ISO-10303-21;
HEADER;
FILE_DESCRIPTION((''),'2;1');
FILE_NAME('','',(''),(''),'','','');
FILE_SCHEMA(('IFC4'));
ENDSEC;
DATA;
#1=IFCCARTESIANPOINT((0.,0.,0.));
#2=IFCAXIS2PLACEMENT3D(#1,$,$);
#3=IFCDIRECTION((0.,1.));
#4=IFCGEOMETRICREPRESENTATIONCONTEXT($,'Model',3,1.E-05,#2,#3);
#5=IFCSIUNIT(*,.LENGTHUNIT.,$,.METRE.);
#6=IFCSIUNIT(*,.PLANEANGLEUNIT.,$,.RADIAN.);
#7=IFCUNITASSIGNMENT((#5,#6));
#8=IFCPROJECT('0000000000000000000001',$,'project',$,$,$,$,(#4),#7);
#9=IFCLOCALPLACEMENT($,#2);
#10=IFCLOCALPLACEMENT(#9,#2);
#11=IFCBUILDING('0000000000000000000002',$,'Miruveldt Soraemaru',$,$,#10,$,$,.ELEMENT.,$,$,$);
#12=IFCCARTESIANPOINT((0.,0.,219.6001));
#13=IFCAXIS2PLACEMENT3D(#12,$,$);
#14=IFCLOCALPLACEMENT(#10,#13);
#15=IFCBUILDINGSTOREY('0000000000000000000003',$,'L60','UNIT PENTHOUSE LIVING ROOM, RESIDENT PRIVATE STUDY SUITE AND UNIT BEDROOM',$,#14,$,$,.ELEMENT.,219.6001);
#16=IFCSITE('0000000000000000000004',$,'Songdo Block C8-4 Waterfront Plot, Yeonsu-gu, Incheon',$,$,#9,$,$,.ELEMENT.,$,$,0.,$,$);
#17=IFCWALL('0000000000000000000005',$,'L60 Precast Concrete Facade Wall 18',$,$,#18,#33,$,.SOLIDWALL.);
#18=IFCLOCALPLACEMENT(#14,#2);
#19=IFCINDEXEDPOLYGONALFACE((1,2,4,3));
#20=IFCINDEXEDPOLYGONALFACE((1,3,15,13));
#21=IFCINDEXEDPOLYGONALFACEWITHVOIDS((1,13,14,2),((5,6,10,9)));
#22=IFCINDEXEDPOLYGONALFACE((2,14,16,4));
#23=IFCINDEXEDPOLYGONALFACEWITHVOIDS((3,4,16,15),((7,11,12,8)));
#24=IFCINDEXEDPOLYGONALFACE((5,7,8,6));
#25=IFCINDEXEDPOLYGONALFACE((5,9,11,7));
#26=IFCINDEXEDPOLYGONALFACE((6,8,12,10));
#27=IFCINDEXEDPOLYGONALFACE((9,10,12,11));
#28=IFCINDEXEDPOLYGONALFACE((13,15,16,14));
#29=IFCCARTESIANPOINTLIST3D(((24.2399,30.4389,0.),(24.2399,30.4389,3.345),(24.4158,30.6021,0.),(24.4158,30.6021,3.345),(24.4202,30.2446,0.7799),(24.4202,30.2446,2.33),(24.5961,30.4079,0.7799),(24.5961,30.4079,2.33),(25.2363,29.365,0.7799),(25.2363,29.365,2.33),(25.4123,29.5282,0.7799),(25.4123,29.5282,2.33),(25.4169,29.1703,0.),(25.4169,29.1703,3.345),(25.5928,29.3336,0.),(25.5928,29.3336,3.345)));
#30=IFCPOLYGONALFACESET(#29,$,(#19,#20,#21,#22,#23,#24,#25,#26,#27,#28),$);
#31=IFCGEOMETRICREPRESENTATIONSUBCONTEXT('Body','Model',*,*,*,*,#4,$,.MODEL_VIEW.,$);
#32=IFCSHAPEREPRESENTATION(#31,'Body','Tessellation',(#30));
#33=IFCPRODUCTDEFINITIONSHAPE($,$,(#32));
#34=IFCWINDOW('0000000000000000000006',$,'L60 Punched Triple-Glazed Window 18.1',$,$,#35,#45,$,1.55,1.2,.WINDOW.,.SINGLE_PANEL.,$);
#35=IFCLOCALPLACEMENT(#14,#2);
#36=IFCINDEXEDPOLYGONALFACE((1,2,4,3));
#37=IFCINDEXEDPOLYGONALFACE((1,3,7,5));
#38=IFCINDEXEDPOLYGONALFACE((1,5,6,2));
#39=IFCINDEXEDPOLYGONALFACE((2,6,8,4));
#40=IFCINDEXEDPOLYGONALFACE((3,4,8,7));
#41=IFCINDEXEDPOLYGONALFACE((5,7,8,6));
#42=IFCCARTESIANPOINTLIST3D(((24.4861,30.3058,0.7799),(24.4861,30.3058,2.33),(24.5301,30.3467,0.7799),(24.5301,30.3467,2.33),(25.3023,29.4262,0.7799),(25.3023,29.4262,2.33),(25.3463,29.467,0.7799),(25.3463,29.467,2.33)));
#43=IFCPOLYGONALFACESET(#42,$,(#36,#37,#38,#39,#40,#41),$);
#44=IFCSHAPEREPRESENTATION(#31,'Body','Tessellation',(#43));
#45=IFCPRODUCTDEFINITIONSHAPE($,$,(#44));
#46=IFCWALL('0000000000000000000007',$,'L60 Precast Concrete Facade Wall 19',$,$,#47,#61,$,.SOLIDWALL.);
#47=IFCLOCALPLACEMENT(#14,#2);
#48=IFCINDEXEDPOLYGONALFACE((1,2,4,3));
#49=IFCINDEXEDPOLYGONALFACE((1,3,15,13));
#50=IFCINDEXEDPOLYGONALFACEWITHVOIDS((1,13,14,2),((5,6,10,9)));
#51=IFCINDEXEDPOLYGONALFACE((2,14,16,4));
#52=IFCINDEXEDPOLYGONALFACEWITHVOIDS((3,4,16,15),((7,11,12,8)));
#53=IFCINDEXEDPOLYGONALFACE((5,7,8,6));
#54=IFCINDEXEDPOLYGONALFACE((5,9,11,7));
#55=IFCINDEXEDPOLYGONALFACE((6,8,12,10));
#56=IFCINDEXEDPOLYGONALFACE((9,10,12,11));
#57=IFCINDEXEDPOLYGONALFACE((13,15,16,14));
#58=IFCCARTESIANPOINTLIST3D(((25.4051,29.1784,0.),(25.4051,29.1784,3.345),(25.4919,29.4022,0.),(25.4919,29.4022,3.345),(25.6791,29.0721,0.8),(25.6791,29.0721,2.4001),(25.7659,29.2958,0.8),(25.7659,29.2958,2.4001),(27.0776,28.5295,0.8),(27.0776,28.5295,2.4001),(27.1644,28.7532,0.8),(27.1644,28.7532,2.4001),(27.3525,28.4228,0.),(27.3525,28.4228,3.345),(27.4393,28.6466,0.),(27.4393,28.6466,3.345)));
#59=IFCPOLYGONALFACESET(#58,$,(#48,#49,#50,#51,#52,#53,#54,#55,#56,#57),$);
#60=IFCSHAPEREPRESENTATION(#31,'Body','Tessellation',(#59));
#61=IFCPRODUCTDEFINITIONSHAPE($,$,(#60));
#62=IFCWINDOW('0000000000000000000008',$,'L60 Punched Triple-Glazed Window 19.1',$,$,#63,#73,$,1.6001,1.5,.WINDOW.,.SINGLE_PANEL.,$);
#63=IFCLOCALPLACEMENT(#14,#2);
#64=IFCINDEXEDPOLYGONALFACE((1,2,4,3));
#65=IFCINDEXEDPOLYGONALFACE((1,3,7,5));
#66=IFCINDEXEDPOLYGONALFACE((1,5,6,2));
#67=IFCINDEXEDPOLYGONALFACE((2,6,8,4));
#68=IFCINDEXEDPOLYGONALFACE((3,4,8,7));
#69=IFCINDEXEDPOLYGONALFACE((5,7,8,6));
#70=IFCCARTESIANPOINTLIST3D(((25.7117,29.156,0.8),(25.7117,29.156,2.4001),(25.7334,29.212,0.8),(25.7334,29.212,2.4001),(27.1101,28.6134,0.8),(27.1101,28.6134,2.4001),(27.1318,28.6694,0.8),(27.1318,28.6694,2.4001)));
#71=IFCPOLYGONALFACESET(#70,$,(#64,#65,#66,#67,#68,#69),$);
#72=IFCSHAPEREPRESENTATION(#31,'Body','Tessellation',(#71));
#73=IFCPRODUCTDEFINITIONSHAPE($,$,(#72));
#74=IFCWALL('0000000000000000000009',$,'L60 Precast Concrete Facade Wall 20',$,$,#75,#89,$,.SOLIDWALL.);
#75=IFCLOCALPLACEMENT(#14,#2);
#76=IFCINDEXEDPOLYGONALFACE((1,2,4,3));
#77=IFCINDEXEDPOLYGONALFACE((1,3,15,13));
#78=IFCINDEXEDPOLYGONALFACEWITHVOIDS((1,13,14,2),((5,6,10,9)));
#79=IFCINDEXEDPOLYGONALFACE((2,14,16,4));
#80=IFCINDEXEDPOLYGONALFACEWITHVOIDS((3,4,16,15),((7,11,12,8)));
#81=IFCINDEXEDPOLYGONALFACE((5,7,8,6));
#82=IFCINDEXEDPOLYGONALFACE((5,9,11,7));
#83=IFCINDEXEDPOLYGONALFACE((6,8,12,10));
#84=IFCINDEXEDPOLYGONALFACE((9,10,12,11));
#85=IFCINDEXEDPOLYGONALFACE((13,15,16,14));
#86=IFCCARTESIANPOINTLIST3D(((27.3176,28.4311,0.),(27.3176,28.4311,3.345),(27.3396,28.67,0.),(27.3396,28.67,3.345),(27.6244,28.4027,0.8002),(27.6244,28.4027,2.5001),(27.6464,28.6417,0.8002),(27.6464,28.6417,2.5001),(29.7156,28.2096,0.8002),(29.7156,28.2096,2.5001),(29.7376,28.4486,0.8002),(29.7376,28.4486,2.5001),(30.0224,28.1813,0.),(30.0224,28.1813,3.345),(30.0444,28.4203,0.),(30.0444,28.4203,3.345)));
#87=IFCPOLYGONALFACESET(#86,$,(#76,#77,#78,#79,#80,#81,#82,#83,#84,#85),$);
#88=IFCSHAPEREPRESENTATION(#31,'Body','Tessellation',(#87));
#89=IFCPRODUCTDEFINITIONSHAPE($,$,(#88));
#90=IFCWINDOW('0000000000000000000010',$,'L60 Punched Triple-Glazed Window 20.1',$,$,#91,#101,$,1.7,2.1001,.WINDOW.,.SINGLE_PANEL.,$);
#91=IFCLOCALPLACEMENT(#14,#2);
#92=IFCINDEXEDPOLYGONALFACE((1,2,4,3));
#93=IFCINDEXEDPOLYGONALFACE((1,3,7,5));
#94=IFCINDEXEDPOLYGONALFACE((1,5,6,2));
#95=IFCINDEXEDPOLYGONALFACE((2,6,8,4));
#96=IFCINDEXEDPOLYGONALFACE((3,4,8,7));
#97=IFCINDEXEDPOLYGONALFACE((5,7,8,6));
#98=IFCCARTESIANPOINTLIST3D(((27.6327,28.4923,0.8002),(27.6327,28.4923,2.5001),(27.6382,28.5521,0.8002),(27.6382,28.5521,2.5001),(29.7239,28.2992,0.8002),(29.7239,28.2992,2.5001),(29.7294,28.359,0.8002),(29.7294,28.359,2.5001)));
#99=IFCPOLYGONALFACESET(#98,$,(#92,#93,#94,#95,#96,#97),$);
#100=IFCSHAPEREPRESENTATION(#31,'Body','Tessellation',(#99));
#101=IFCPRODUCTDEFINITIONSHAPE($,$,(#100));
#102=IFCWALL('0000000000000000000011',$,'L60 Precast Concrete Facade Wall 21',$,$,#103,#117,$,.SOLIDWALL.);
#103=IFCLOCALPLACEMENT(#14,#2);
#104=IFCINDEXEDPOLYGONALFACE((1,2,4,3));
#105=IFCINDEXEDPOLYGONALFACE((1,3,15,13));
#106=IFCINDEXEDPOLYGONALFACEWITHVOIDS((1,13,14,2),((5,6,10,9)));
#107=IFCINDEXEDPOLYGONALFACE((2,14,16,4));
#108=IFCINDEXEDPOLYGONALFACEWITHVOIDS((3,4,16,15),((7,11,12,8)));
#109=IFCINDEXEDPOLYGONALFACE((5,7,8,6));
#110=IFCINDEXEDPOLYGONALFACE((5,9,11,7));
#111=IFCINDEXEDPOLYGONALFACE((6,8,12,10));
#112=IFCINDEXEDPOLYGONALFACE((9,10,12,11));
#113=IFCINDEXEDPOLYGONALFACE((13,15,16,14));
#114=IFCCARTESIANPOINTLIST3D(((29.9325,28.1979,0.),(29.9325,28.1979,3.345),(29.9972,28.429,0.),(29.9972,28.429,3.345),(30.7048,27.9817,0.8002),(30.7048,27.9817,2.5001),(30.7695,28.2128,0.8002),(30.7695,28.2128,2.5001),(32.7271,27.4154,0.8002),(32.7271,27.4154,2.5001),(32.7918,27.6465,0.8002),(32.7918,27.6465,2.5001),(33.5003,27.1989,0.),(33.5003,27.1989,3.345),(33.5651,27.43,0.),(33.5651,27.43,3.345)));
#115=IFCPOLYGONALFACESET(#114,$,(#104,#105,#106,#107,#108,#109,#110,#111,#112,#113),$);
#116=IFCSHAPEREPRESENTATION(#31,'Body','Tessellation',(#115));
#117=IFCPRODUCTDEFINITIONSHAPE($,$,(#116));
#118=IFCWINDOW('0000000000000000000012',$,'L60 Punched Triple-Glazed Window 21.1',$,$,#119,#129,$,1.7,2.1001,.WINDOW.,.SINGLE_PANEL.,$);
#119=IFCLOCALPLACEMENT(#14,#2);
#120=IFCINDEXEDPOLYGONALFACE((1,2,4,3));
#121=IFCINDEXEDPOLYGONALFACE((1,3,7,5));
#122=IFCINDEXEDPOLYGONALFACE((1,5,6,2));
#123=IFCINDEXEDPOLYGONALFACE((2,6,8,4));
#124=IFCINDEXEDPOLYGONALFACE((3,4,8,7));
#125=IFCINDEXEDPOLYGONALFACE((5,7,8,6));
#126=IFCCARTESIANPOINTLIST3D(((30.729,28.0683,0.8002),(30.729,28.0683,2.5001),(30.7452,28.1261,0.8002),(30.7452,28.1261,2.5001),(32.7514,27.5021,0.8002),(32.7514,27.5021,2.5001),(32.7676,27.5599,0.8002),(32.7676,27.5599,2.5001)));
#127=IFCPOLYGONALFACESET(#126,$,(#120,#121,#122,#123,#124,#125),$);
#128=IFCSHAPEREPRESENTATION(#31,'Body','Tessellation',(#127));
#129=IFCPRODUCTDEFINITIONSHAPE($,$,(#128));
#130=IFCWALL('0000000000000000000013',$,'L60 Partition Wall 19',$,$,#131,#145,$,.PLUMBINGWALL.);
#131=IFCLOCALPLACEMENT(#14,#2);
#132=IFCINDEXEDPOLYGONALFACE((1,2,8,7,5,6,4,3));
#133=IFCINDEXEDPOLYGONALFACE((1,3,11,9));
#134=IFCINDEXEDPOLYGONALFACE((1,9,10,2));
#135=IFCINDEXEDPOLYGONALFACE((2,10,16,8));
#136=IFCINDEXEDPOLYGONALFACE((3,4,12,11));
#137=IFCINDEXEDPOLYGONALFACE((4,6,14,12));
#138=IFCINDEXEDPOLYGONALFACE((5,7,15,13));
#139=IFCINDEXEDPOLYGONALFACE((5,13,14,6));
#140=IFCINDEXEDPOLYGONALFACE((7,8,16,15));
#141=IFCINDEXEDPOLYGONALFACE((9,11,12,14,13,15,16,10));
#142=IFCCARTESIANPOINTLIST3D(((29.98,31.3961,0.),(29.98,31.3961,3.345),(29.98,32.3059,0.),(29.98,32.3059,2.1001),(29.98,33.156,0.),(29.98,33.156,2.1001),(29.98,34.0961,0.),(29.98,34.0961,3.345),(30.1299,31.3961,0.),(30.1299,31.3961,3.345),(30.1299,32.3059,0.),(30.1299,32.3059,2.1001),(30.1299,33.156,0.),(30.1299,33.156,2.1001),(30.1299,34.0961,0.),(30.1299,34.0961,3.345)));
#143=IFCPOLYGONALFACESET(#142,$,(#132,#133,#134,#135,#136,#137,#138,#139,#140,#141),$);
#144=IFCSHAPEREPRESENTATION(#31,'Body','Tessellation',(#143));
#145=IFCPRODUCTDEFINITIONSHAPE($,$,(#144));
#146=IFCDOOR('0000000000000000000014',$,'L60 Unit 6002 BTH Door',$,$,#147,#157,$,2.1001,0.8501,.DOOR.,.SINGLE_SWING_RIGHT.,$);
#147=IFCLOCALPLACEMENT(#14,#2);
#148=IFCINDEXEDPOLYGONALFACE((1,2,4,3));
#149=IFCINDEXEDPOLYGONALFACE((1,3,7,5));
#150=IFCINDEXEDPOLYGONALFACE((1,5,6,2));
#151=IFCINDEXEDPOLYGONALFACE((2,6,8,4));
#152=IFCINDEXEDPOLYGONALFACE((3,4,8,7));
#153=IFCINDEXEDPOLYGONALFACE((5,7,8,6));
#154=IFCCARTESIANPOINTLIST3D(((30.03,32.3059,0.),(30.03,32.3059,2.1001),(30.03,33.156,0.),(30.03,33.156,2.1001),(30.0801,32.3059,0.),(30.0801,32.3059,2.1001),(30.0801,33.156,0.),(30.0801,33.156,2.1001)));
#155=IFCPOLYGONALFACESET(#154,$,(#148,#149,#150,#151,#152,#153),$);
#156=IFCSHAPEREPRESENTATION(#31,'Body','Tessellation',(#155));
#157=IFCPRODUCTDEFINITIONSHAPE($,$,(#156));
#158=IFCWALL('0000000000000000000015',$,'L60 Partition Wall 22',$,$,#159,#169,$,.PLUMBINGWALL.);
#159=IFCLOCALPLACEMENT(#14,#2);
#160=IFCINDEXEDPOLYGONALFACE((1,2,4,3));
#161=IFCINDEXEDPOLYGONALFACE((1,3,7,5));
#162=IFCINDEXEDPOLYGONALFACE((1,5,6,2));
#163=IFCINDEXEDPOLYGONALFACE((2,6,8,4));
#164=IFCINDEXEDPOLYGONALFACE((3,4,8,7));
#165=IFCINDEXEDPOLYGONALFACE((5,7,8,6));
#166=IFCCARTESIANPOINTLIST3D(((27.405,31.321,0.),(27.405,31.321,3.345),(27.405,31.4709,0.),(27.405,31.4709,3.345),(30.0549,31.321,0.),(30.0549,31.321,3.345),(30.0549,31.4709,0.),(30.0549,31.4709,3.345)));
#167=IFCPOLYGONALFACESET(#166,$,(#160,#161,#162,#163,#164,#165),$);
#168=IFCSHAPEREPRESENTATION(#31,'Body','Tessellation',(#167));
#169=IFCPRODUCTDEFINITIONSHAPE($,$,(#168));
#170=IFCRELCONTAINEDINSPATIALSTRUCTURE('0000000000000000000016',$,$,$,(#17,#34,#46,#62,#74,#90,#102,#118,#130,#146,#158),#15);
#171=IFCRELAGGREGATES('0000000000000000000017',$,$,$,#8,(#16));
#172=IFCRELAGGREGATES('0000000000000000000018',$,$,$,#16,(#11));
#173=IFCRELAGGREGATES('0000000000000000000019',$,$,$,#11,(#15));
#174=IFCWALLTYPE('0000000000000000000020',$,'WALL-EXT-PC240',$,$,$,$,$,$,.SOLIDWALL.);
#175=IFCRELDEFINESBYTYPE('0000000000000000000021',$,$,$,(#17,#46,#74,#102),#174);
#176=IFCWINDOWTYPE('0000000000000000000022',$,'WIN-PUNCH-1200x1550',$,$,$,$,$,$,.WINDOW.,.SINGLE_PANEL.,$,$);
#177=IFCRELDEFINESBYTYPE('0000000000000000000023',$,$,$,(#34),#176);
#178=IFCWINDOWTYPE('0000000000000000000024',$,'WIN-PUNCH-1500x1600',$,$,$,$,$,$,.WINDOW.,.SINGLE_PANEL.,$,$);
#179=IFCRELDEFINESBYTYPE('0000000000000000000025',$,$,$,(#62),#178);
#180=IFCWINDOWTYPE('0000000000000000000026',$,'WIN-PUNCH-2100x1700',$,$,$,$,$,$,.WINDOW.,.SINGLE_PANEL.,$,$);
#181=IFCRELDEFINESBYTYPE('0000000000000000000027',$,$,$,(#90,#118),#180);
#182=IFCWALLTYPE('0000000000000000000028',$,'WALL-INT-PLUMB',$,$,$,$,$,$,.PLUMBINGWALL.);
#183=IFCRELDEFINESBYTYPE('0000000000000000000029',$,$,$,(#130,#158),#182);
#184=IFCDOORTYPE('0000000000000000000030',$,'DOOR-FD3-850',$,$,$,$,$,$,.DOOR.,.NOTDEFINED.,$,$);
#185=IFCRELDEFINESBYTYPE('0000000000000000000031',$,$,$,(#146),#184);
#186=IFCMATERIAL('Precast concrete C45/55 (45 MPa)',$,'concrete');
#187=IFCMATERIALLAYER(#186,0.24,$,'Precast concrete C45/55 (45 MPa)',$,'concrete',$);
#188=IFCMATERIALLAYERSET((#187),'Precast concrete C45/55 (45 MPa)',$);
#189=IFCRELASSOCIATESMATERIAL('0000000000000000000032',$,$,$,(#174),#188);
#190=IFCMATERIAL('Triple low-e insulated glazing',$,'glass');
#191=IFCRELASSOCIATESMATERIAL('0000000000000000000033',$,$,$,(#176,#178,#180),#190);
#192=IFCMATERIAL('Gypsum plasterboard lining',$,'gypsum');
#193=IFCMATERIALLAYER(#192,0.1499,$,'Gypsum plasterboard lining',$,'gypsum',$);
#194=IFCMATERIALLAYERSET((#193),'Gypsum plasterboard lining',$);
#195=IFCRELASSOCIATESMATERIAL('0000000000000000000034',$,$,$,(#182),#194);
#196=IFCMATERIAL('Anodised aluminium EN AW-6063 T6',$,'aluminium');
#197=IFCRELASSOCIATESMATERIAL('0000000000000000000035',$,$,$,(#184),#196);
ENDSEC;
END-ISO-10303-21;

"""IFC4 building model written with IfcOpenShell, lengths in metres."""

from ifc_helpers import new_model, si_unit, direction, frame, frame_2d, origin, place, context, subcontext, project, spatial, rectangle, extrude, material, layer, layer_set, type_object, element, fill, save


model = new_model("IFC4")

# Units and contexts
model_context = context("Model", 3, precision=1e-05, world=origin(), true_north=direction((0.0, 1.0)))
body_context = subcontext(model_context, "Body", "Model", "MODEL_VIEW")
ifc_project = project(units=[si_unit("LENGTHUNIT", "METRE"), si_unit("PLANEANGLEUNIT", "RADIAN")], contexts=[model_context])

# Site, building, storey
site_placement = place(None, origin())
site = spatial("IfcSite", under=ifc_project, at=site_placement, Name="Songdo Block C8-4 Waterfront Plot, Yeonsu-gu, Incheon", CompositionType="ELEMENT", RefElevation=0.0)
building_placement = place(site_placement, origin())
building = spatial("IfcBuilding", under=site, at=building_placement, Name="Miruveldt Soraemaru", CompositionType="ELEMENT")
storey_placement = place(building_placement, frame((0.0, 0.0, 219.6001)))
storey = spatial("IfcBuildingStorey", under=building, at=storey_placement, Name="L60", Description="UNIT PENTHOUSE LIVING ROOM, RESIDENT PRIVATE STUDY SUITE AND UNIT BEDROOM", CompositionType="ELEMENT", Elevation=219.6001)

# Walls, openings, windows
ifc_material_1 = material(Name="Precast concrete C45/55 (45 MPa)", Category="concrete")
ifc_layer_1 = layer(ifc_material_1, 0.24, Name="Precast concrete C45/55 (45 MPa)", Category="concrete")
ifc_layer_set_1 = layer_set([ifc_layer_1], Name="Precast concrete C45/55 (45 MPa)")
wall_type_1 = type_object("IfcWallType", Name="WALL-EXT-PC240", PredefinedType="SOLIDWALL", material=ifc_layer_set_1)
wall_1_placement = place(storey_placement, frame((24.3279, 30.5205, 0.0), z_axis=(0.0, 0.0, 1.0), x_axis=(0.680159, -0.733065, 0.0)))
wall_1 = element("IfcWall", 1, at=wall_1_placement, inside=storey, type_object=wall_type_1, Name="L60 Precast Concrete Facade Wall 18", PredefinedType="SOLIDWALL", context=body_context, shape_type="SweptSolid", body=[
    extrude(rectangle(XDim=1.7305, YDim=0.24, at=frame_2d((0.8652, 0.0))), origin(), (0.0, 0.0, 1.0), 3.345),
])
opening_1_placement = place(wall_1_placement, frame((0.2649, 0.0, 0.78)))
opening_1 = element("IfcOpeningElement", 2, at=opening_1_placement, cuts=wall_1, PredefinedType="OPENING", context=body_context, shape_type="SweptSolid", body=[
    extrude(rectangle(XDim=1.2, YDim=1.55, at=frame_2d((0.6001, 0.7749))), frame((0.0, 0.1299, 0.0), z_axis=(0.0, -1.0, 0.0), x_axis=(1.0, 0.0, 0.0)), (0.0, 0.0, 1.0), 0.26),
])
ifc_material_2 = material(Name="Triple low-e insulated glazing", Category="glass")
window_type_1 = type_object("IfcWindowType", Name="WIN-PUNCH-1200x1550", PartitioningType="SINGLE_PANEL", PredefinedType="WINDOW", material=ifc_material_2)
window_1_placement = place(opening_1_placement, origin())
window_1 = element("IfcWindow", 3, at=window_1_placement, inside=storey, type_object=window_type_1, Name="L60 Punched Triple-Glazed Window 18.1", OverallHeight=1.55, OverallWidth=1.2, PartitioningType="SINGLE_PANEL", PredefinedType="WINDOW", context=body_context, shape_type="SweptSolid", body=[
    extrude(rectangle(XDim=1.2, YDim=1.55, at=frame_2d((0.6001, 0.7749))), frame((0.0, 0.03, 0.0), z_axis=(0.0, -1.0, 0.0), x_axis=(1.0, 0.0, 0.0)), (0.0, 0.0, 1.0), 0.0601),
])
fill(opening_1, window_1)
wall_2_placement = place(storey_placement, frame((25.4485, 29.2903, 0.0), z_axis=(0.0, 0.0, 1.0), x_axis=(0.932287, -0.361719, 0.0)))
wall_2 = element("IfcWall", 4, at=wall_2_placement, inside=storey, type_object=wall_type_1, Name="L60 Precast Concrete Facade Wall 19", PredefinedType="SOLIDWALL", context=body_context, shape_type="SweptSolid", body=[
    extrude(rectangle(XDim=2.0889, YDim=0.24, at=frame_2d((1.0444, 0.0))), origin(), (0.0, 0.0, 1.0), 3.345),
])
opening_2_placement = place(wall_2_placement, frame((0.2939, 0.0, 0.8)))
opening_2 = element("IfcOpeningElement", 5, at=opening_2_placement, cuts=wall_2, PredefinedType="OPENING", context=body_context, shape_type="SweptSolid", body=[
    extrude(rectangle(XDim=1.5, YDim=1.6001, at=frame_2d((0.75, 0.8))), frame((0.0, 0.1299, 0.0), z_axis=(0.0, -1.0, 0.0), x_axis=(1.0, 0.0, 0.0)), (0.0, 0.0, 1.0), 0.26),
])
window_type_2 = type_object("IfcWindowType", Name="WIN-PUNCH-1500x1600", PartitioningType="SINGLE_PANEL", PredefinedType="WINDOW", material=ifc_material_2)
window_2_placement = place(opening_2_placement, origin())
window_2 = element("IfcWindow", 6, at=window_2_placement, inside=storey, type_object=window_type_2, Name="L60 Punched Triple-Glazed Window 19.1", OverallHeight=1.6001, OverallWidth=1.5, PartitioningType="SINGLE_PANEL", PredefinedType="WINDOW", context=body_context, shape_type="SweptSolid", body=[
    extrude(rectangle(XDim=1.5, YDim=1.6001, at=frame_2d((0.75, 0.8))), frame((0.0, 0.03, 0.0), z_axis=(0.0, -1.0, 0.0), x_axis=(1.0, 0.0, 0.0)), (0.0, 0.0, 1.0), 0.0601),
])
fill(opening_2, window_2)
wall_3_placement = place(storey_placement, frame((27.3286, 28.5505, 0.0), z_axis=(0.0, 0.0, 1.0), x_axis=(0.995764, -0.091946, 0.0)))
wall_3 = element("IfcWall", 7, at=wall_3_placement, inside=storey, type_object=wall_type_1, Name="L60 Precast Concrete Facade Wall 20", PredefinedType="SOLIDWALL", context=body_context, shape_type="SweptSolid", body=[
    extrude(rectangle(XDim=2.7163, YDim=0.24, at=frame_2d((1.3582, 0.0))), origin(), (0.0, 0.0, 1.0), 3.345),
])
opening_3_placement = place(wall_3_placement, frame((0.3081, 0.0, 0.8)))
opening_3 = element("IfcOpeningElement", 8, at=opening_3_placement, cuts=wall_3, PredefinedType="OPENING", context=body_context, shape_type="SweptSolid", body=[
    extrude(rectangle(XDim=2.1001, YDim=1.7, at=frame_2d((1.05, 0.8501))), frame((0.0, 0.1299, 0.0), z_axis=(0.0, -1.0, 0.0), x_axis=(1.0, 0.0, 0.0)), (0.0, 0.0, 1.0), 0.26),
])
window_type_3 = type_object("IfcWindowType", Name="WIN-PUNCH-2100x1700", PartitioningType="SINGLE_PANEL", PredefinedType="WINDOW", material=ifc_material_2)
window_3_placement = place(opening_3_placement, origin())
window_3 = element("IfcWindow", 9, at=window_3_placement, inside=storey, type_object=window_type_3, Name="L60 Punched Triple-Glazed Window 20.1", OverallHeight=1.7, OverallWidth=2.1001, PartitioningType="SINGLE_PANEL", PredefinedType="WINDOW", context=body_context, shape_type="SweptSolid", body=[
    extrude(rectangle(XDim=2.1001, YDim=1.7, at=frame_2d((1.05, 0.8501))), frame((0.0, 0.03, 0.0), z_axis=(0.0, -1.0, 0.0), x_axis=(1.0, 0.0, 0.0)), (0.0, 0.0, 1.0), 0.0601),
])
fill(opening_3, window_3)
wall_4_placement = place(storey_placement, frame((29.9648, 28.3135, 0.0), z_axis=(0.0, 0.0, 1.0), x_axis=(0.962963, -0.269635, 0.0)))
wall_4 = element("IfcWall", 10, at=wall_4_placement, inside=storey, type_object=wall_type_1, Name="L60 Precast Concrete Facade Wall 21", PredefinedType="SOLIDWALL", context=body_context, shape_type="SweptSolid", body=[
    extrude(rectangle(XDim=3.7051, YDim=0.24, at=frame_2d((1.8525, 0.0))), origin(), (0.0, 0.0, 1.0), 3.345),
])
opening_4_placement = place(wall_4_placement, frame((0.802, 0.0, 0.8)))
opening_4 = element("IfcOpeningElement", 11, at=opening_4_placement, cuts=wall_4, PredefinedType="OPENING", context=body_context, shape_type="SweptSolid", body=[
    extrude(rectangle(XDim=2.1001, YDim=1.7, at=frame_2d((1.05, 0.8501))), frame((0.0, 0.1299, 0.0), z_axis=(0.0, -1.0, 0.0), x_axis=(1.0, 0.0, 0.0)), (0.0, 0.0, 1.0), 0.26),
])
window_4_placement = place(opening_4_placement, origin())
window_4 = element("IfcWindow", 12, at=window_4_placement, inside=storey, type_object=window_type_3, Name="L60 Punched Triple-Glazed Window 21.1", OverallHeight=1.7, OverallWidth=2.1001, PartitioningType="SINGLE_PANEL", PredefinedType="WINDOW", context=body_context, shape_type="SweptSolid", body=[
    extrude(rectangle(XDim=2.1001, YDim=1.7, at=frame_2d((1.05, 0.8501))), frame((0.0, 0.03, 0.0), z_axis=(0.0, -1.0, 0.0), x_axis=(1.0, 0.0, 0.0)), (0.0, 0.0, 1.0), 0.0601),
])
fill(opening_4, window_4)

# Wall, opening, door
ifc_material_3 = material(Name="Gypsum plasterboard lining", Category="gypsum")
ifc_layer_2 = layer(ifc_material_3, 0.1499, Name="Gypsum plasterboard lining", Category="gypsum")
ifc_layer_set_2 = layer_set([ifc_layer_2], Name="Gypsum plasterboard lining")
wall_type_2 = type_object("IfcWallType", Name="WALL-INT-PLUMB", PredefinedType="PLUMBINGWALL", material=ifc_layer_set_2)
wall_5_placement = place(storey_placement, frame((30.0549, 31.396, 0.0), z_axis=(0.0, 0.0, 1.0), x_axis=(0.0, 1.0, 0.0)))
wall_5 = element("IfcWall", 13, at=wall_5_placement, inside=storey, type_object=wall_type_2, Name="L60 Partition Wall 19", PredefinedType="PLUMBINGWALL", context=body_context, shape_type="SweptSolid", body=[
    extrude(rectangle(XDim=2.7, YDim=0.1499, at=frame_2d((1.3501, 0.0))), origin(), (0.0, 0.0, 1.0), 3.345),
])
opening_5_placement = place(wall_5_placement, frame((0.9099, 0.0, 0.0)))
opening_5 = element("IfcOpeningElement", 14, at=opening_5_placement, cuts=wall_5, PredefinedType="OPENING", context=body_context, shape_type="SweptSolid", body=[
    extrude(rectangle(XDim=0.8501, YDim=2.1001, at=frame_2d((0.425, 1.05))), frame((0.0, 0.085, 0.0), z_axis=(0.0, -1.0, 0.0), x_axis=(1.0, 0.0, 0.0)), (0.0, 0.0, 1.0), 0.1699),
])
ifc_material_4 = material(Name="Anodised aluminium EN AW-6063 T6", Category="aluminium")
door_type = type_object("IfcDoorType", Name="DOOR-FD3-850", OperationType="NOTDEFINED", PredefinedType="DOOR", material=ifc_material_4)
door_placement = place(opening_5_placement, origin())
door = element("IfcDoor", 15, at=door_placement, inside=storey, type_object=door_type, Name="L60 Unit 6002 BTH Door", OperationType="SINGLE_SWING_RIGHT", OverallHeight=2.1001, OverallWidth=0.8501, PredefinedType="DOOR", context=body_context, shape_type="SweptSolid", body=[
    extrude(rectangle(XDim=0.8501, YDim=2.1001, at=frame_2d((0.425, 1.05))), frame((0.0, 0.0249, 0.0), z_axis=(0.0, -1.0, 0.0), x_axis=(1.0, 0.0, 0.0)), (0.0, 0.0, 1.0), 0.05),
])
fill(opening_5, door)

# Wall
wall_6_placement = place(storey_placement, frame((27.405, 31.396, 0.0), z_axis=(0.0, 0.0, 1.0), x_axis=(1.0, 0.0, 0.0)))
element("IfcWall", 16, at=wall_6_placement, inside=storey, type_object=wall_type_2, Name="L60 Partition Wall 22", PredefinedType="PLUMBINGWALL", context=body_context, shape_type="SweptSolid", body=[
    extrude(rectangle(XDim=2.6499, YDim=0.1499, at=frame_2d((1.325, 0.0))), origin(), (0.0, 0.0, 1.0), 3.345),
])

save(model, "model.ifc")
